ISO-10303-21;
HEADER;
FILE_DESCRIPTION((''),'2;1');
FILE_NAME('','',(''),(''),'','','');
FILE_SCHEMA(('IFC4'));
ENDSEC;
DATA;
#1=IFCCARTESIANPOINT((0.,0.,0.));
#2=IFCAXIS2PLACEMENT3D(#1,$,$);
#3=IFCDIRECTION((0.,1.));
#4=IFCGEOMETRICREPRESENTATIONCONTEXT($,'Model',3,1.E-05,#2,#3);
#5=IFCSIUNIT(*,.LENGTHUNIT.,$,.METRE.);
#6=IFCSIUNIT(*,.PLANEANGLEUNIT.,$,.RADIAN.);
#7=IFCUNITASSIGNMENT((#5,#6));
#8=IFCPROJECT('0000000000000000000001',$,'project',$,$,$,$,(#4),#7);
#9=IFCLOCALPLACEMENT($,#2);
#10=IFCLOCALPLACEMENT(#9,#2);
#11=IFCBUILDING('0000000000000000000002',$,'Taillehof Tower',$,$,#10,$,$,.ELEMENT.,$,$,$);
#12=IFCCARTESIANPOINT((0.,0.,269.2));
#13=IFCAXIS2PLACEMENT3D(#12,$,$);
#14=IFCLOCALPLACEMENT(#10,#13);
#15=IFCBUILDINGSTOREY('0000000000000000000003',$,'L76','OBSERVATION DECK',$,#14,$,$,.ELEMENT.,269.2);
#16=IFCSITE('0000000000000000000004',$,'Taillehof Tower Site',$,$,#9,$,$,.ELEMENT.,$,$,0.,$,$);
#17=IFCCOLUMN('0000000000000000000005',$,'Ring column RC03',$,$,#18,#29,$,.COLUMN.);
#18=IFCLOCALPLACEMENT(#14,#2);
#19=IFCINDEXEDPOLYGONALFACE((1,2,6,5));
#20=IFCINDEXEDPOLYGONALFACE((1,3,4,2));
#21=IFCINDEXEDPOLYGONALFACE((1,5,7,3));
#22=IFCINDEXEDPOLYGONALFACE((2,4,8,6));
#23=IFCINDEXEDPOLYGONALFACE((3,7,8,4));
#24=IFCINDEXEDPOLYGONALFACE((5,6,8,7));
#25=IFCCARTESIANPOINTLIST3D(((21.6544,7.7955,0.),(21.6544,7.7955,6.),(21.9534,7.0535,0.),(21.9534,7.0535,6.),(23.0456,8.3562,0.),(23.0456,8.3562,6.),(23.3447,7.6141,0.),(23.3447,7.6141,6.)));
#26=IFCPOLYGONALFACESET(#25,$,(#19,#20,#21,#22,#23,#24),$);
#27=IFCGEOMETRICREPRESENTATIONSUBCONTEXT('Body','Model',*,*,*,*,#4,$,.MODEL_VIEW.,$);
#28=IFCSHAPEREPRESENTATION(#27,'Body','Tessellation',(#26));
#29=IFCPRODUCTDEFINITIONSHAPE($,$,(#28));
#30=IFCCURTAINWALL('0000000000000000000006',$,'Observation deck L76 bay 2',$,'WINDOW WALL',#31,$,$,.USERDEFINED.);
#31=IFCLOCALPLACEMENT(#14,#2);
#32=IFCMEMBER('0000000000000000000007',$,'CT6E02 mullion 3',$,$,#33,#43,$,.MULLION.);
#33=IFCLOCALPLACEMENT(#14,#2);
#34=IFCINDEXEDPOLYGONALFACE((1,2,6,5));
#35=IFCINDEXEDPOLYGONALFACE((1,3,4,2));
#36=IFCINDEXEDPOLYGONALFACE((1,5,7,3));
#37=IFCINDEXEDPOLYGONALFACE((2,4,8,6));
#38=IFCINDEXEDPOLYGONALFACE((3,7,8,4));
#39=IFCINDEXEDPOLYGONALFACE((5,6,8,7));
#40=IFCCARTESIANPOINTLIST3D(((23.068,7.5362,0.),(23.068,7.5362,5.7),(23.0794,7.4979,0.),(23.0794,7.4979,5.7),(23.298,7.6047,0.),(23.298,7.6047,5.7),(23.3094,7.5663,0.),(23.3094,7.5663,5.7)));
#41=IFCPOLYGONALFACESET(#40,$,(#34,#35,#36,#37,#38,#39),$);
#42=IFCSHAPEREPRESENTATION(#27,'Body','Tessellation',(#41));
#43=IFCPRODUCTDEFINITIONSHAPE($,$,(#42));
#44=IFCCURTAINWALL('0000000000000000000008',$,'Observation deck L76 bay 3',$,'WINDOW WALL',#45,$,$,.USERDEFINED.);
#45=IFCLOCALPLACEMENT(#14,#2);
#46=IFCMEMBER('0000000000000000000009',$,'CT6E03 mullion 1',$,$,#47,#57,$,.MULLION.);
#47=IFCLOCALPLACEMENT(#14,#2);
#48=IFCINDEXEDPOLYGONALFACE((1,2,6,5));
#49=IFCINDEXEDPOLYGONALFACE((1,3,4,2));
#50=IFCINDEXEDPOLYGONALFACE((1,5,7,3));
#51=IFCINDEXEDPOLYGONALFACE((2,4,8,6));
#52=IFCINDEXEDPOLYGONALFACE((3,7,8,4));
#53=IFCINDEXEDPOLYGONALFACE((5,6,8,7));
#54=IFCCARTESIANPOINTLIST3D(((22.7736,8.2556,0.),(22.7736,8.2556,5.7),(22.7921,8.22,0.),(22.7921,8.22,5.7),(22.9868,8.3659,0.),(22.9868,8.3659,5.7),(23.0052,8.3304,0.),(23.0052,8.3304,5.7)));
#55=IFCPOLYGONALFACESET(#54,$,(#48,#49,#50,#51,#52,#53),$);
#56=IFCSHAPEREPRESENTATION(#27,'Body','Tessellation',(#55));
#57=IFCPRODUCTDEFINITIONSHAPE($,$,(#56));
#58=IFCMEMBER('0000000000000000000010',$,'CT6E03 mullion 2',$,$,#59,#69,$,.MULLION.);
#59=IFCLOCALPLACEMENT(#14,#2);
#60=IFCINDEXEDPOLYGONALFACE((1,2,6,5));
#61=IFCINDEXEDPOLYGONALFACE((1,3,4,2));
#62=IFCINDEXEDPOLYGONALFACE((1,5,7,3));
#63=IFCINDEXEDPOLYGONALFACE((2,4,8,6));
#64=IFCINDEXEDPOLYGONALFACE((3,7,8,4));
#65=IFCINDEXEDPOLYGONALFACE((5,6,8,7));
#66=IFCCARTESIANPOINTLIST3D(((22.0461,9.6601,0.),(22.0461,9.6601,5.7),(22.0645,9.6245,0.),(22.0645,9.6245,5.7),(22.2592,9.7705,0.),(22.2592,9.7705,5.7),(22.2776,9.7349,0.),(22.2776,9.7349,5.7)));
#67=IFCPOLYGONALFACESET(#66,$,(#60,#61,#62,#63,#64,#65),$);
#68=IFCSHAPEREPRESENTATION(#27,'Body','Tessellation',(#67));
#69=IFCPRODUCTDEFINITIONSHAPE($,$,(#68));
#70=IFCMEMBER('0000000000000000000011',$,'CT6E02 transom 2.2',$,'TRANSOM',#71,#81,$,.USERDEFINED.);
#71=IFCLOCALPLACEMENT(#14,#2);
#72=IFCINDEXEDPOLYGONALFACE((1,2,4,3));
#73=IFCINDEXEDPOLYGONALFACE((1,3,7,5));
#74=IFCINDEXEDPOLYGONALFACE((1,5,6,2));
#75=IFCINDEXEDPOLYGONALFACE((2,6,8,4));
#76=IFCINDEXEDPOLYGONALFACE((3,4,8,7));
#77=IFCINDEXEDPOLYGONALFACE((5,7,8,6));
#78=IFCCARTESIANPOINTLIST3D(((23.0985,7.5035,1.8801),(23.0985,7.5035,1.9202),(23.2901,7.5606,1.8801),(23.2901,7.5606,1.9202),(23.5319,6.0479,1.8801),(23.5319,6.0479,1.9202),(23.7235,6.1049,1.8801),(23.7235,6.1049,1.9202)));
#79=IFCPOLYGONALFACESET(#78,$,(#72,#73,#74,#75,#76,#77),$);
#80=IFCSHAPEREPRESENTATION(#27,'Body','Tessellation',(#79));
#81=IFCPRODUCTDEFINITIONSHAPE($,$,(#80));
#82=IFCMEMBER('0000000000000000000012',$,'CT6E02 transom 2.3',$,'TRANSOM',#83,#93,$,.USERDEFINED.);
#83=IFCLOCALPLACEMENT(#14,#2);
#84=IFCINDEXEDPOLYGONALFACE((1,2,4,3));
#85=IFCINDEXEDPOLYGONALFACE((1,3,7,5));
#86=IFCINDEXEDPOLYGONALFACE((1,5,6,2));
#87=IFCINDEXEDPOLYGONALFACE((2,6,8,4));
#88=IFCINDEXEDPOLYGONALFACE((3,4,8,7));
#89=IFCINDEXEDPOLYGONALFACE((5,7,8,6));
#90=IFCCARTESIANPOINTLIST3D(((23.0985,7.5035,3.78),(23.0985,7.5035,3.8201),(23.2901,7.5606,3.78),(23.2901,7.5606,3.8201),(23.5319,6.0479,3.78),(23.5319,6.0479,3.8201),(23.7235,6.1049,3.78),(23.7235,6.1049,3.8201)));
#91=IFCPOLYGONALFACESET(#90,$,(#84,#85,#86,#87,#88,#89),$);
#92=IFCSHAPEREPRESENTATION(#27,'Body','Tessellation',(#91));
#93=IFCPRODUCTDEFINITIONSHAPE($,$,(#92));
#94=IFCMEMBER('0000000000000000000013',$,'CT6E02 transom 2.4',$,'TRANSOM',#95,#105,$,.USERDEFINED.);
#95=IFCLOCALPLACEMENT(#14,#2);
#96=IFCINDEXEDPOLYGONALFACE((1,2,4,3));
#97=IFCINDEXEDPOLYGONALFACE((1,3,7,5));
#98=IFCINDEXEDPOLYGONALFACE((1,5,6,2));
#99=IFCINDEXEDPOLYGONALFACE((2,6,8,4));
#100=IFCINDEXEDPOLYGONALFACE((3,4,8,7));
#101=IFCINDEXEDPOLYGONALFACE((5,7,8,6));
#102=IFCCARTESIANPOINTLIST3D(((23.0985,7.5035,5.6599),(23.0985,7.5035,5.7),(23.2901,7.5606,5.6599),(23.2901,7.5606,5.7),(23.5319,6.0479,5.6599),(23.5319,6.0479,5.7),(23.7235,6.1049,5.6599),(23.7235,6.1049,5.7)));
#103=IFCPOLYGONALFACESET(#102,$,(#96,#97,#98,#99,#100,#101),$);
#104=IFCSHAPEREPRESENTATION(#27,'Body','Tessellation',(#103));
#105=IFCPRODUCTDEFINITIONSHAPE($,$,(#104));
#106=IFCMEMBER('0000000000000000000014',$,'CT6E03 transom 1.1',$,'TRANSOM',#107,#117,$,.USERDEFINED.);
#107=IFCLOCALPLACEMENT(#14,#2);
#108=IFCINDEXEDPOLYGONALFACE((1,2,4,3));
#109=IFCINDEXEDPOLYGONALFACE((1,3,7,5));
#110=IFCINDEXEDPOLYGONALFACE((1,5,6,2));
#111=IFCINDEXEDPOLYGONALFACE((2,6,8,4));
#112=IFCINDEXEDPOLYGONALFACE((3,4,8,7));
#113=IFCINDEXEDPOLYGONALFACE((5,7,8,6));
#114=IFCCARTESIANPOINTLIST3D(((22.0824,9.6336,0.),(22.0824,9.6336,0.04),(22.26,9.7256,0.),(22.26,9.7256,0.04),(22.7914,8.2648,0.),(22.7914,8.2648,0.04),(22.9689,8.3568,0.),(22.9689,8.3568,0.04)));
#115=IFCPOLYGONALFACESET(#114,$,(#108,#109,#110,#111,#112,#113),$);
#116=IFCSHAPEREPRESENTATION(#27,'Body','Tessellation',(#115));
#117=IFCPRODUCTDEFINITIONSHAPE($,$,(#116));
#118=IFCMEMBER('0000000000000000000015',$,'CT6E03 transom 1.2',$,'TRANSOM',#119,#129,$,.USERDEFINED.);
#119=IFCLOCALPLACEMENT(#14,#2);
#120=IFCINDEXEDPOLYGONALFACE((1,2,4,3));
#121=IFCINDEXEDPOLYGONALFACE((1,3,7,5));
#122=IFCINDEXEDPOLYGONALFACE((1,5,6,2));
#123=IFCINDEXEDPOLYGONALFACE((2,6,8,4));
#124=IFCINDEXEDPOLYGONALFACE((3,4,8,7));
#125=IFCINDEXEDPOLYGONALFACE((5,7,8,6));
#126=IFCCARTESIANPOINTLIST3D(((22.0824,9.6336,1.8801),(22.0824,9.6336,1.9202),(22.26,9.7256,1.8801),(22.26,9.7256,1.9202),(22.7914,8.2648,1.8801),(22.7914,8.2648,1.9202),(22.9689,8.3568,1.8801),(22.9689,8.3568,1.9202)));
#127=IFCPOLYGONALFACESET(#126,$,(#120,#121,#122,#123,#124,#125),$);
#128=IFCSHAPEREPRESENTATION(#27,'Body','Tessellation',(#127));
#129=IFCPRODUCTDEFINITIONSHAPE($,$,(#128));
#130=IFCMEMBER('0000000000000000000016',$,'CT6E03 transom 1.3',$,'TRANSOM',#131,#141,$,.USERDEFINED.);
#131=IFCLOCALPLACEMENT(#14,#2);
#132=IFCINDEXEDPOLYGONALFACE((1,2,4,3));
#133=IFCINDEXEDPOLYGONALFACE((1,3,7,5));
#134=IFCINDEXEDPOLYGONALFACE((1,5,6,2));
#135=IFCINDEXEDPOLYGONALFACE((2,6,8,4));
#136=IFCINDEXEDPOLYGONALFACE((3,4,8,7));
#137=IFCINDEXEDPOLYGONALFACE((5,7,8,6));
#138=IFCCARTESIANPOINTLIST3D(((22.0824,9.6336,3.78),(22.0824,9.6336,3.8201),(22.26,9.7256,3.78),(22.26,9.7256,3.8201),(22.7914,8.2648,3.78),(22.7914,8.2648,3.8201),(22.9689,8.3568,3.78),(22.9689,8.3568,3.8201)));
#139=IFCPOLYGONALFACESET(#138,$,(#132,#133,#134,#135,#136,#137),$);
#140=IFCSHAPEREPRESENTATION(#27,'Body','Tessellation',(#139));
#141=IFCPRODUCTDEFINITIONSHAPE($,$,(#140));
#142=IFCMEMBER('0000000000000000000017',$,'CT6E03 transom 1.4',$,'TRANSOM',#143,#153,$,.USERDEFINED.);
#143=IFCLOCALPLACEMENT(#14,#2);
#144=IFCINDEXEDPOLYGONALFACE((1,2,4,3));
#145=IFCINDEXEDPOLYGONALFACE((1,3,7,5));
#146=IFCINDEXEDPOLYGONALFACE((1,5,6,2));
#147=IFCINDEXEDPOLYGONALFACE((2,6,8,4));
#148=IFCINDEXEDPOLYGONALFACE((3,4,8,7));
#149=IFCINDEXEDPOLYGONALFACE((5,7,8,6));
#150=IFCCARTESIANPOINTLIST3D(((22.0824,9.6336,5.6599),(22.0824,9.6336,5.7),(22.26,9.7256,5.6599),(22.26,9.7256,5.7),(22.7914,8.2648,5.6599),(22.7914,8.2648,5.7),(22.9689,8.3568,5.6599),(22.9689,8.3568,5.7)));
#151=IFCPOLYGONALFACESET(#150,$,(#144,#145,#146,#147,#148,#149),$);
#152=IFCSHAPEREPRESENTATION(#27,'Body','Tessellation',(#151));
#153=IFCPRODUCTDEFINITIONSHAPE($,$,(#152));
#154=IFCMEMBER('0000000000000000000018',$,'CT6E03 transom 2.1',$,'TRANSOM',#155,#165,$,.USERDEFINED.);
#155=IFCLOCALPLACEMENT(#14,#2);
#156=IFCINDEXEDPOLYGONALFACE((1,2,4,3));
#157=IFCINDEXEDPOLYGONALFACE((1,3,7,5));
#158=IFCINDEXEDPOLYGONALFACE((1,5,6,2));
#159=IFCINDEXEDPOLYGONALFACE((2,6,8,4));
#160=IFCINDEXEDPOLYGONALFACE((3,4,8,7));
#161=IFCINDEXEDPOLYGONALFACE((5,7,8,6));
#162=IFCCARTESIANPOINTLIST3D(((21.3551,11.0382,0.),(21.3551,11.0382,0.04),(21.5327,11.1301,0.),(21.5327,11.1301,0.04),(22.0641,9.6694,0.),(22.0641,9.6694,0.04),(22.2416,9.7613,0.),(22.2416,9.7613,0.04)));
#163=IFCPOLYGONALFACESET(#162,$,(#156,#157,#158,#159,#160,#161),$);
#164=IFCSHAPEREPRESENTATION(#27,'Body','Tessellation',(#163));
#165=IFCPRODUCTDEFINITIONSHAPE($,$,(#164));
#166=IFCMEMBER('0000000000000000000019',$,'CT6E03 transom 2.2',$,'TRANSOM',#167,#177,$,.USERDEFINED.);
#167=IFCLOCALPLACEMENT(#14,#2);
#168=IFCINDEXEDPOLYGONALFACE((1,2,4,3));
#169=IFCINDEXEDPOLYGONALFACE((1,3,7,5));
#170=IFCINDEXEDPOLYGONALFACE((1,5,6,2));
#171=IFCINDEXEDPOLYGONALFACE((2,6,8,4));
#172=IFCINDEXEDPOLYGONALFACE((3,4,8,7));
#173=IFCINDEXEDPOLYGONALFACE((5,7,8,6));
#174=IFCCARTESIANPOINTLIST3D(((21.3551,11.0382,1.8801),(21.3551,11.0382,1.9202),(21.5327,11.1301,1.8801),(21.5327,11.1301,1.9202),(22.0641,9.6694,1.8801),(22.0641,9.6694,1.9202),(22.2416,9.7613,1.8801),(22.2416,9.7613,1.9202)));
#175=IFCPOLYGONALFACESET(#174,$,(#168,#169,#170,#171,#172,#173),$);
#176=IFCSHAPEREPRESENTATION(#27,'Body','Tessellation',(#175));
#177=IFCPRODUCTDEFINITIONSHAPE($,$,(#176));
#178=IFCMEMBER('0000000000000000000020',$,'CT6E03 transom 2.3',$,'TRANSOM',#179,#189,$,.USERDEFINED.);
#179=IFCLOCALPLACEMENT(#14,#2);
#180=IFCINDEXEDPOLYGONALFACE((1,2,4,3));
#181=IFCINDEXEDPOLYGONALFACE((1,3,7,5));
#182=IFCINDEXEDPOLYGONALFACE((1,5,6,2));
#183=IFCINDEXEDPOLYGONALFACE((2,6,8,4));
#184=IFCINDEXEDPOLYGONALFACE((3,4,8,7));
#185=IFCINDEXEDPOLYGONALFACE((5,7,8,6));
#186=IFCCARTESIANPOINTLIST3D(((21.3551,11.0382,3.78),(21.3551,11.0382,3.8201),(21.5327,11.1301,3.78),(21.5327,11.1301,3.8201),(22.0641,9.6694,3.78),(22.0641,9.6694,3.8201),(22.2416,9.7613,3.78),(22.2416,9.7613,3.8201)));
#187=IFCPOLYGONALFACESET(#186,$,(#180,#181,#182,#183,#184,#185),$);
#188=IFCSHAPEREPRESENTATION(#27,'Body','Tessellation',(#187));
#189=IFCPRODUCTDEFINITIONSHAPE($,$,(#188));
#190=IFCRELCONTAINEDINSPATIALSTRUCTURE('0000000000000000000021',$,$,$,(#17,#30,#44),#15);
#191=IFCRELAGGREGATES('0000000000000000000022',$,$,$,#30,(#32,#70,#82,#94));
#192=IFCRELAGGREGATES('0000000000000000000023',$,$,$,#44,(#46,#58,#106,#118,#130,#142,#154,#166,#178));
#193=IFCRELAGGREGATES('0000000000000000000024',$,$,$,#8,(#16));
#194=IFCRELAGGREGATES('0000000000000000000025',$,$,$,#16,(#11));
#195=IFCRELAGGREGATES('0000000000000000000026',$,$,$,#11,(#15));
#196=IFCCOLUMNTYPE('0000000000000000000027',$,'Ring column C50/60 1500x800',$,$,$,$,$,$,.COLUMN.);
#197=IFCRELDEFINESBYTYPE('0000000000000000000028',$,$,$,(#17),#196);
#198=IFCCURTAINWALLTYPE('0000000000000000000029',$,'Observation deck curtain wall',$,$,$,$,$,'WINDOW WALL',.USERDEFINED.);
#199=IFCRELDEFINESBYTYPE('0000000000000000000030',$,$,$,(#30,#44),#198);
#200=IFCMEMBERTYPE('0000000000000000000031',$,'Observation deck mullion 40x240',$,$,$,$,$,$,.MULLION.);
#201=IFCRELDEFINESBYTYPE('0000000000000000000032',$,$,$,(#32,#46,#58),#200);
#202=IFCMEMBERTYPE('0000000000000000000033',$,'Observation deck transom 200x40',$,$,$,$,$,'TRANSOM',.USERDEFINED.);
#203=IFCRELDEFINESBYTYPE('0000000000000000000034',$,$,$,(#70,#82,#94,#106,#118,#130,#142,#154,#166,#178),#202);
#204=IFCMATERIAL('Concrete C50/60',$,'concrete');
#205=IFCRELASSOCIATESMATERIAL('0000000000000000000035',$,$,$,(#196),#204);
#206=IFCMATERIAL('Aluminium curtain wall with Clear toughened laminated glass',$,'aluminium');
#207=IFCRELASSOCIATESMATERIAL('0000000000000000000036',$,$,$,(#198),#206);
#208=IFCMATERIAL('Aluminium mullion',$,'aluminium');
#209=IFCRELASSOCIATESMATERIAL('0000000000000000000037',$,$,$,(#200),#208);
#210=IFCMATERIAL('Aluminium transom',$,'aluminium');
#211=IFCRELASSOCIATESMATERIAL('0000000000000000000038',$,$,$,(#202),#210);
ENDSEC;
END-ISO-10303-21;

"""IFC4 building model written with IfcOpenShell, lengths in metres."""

from ifc_helpers import new_model, si_unit, direction, frame, origin, origin_2d, place, context, subcontext, project, spatial, rectangle, extrude, material, material_profile, profile_set, type_object, element, aggregate, save


model = new_model("IFC4")

# Units and contexts
model_context = context("Model", 3, precision=1e-05, world=origin(), true_north=direction((0.0, 1.0)))
body_context = subcontext(model_context, "Body", "Model", "MODEL_VIEW")
ifc_project = project(units=[si_unit("LENGTHUNIT", "METRE"), si_unit("PLANEANGLEUNIT", "RADIAN")], contexts=[model_context])

# Site, building, storey
site_placement = place(None, origin())
site = spatial("IfcSite", under=ifc_project, at=site_placement, Name="Taillehof Tower Site", CompositionType="ELEMENT", RefElevation=0.0)
building_placement = place(site_placement, origin())
building = spatial("IfcBuilding", under=site, at=building_placement, Name="Taillehof Tower", CompositionType="ELEMENT")
storey_placement = place(building_placement, frame((0.0, 0.0, 269.2)))
storey = spatial("IfcBuildingStorey", under=building, at=storey_placement, Name="L76", Description="OBSERVATION DECK", CompositionType="ELEMENT", Elevation=269.2)

# Column
ifc_material_1 = material(Name="Concrete C50/60", Category="concrete")
ifc_material_profile_1 = material_profile(ifc_material_1, rectangle(XDim=1.5, YDim=0.8, at=origin_2d()), Name="RC 1500x800")
ifc_profile_set_1 = profile_set([ifc_material_profile_1], Name="Concrete C50/60")
column_type = type_object("IfcColumnType", Name="Ring column C50/60 1500x800", PredefinedType="COLUMN", material=ifc_profile_set_1)
column_placement = place(storey_placement, frame((22.4995, 7.7048, 0.0), z_axis=(0.0, 0.0, 1.0), x_axis=(0.927525, 0.373762, 0.0)))
element("IfcColumn", 1, at=column_placement, inside=storey, type_object=column_type, Name="Ring column RC03", PredefinedType="COLUMN", context=body_context, shape_type="SweptSolid", body=[
    extrude(rectangle(XDim=1.5, YDim=0.8, at=origin_2d()), origin(), (0.0, 0.0, 1.0), 6.0),
])

# Curtain wall, member
ifc_material_2 = material(Name="Aluminium curtain wall with Clear toughened laminated glass", Category="aluminium")
curtain_wall_type = type_object("IfcCurtainWallType", Name="Observation deck curtain wall", ElementType="WINDOW WALL", PredefinedType="USERDEFINED", material=ifc_material_2)
curtain_wall_1_placement = place(storey_placement, origin())
curtain_wall_1 = element("IfcCurtainWall", 2, at=curtain_wall_1_placement, inside=storey, type_object=curtain_wall_type, Name="Observation deck L76 bay 2", ObjectType="WINDOW WALL", PredefinedType="USERDEFINED")
ifc_material_3 = material(Name="Aluminium mullion", Category="aluminium")
ifc_material_profile_2 = material_profile(ifc_material_3, rectangle(XDim=0.24, YDim=0.04, at=origin_2d()), Name="AL 40x240")
ifc_profile_set_2 = profile_set([ifc_material_profile_2], Name="Aluminium mullion")
member_type_1 = type_object("IfcMemberType", Name="Observation deck mullion 40x240", PredefinedType="MULLION", material=ifc_profile_set_2)
member_1_placement = place(storey_placement, frame((23.1887, 7.5513, 0.0), z_axis=(0.0, 0.0, 1.0), x_axis=(-0.958457, -0.285236, 0.0)))
member_1 = element("IfcMember", 3, at=member_1_placement, type_object=member_type_1, Name="CT6E02 mullion 3", PredefinedType="MULLION", context=body_context, shape_type="SweptSolid", body=[
    extrude(rectangle(XDim=0.24, YDim=0.04, at=origin_2d()), origin(), (0.0, 0.0, 1.0), 5.7),
])

# Curtain wall, members
curtain_wall_2_placement = place(storey_placement, origin())
curtain_wall_2 = element("IfcCurtainWall", 4, at=curtain_wall_2_placement, inside=storey, type_object=curtain_wall_type, Name="Observation deck L76 bay 3", ObjectType="WINDOW WALL", PredefinedType="USERDEFINED")
member_2_placement = place(storey_placement, frame((22.8894, 8.293, 0.0), z_axis=(0.0, 0.0, 1.0), x_axis=(-0.887975, -0.459891, 0.0)))
member_2 = element("IfcMember", 5, at=member_2_placement, type_object=member_type_1, Name="CT6E03 mullion 1", PredefinedType="MULLION", context=body_context, shape_type="SweptSolid", body=[
    extrude(rectangle(XDim=0.24, YDim=0.04, at=origin_2d()), origin(), (0.0, 0.0, 1.0), 5.7),
])
member_3_placement = place(storey_placement, frame((22.1619, 9.6975, 0.0), z_axis=(0.0, 0.0, 1.0), x_axis=(-0.887975, -0.459891, 0.0)))
member_3 = element("IfcMember", 6, at=member_3_placement, type_object=member_type_1, Name="CT6E03 mullion 2", PredefinedType="MULLION", context=body_context, shape_type="SweptSolid", body=[
    extrude(rectangle(XDim=0.24, YDim=0.04, at=origin_2d()), origin(), (0.0, 0.0, 1.0), 5.7),
])

# Members
ifc_material_4 = material(Name="Aluminium transom", Category="aluminium")
ifc_material_profile_3 = material_profile(ifc_material_4, rectangle(XDim=0.2, YDim=0.04, at=origin_2d()), Name="AL 200x40")
ifc_profile_set_3 = profile_set([ifc_material_profile_3], Name="Aluminium transom")
member_type_2 = type_object("IfcMemberType", Name="Observation deck transom 200x40", ElementType="TRANSOM", PredefinedType="USERDEFINED", material=ifc_profile_set_3)
member_4_placement = place(storey_placement, frame((23.6277, 6.0764, 1.9001), z_axis=(-0.285341, 0.958426, 0.0), x_axis=(-0.958426, -0.285341, 0.0)))
member_4 = element("IfcMember", 7, at=member_4_placement, type_object=member_type_2, Name="CT6E02 transom 2.2", ObjectType="TRANSOM", PredefinedType="USERDEFINED", context=body_context, shape_type="SweptSolid", body=[
    extrude(rectangle(XDim=0.2, YDim=0.04, at=origin_2d()), origin(), (0.0, 0.0, 1.0), 1.5188),
])
member_5_placement = place(storey_placement, frame((23.6277, 6.0764, 3.8), z_axis=(-0.285341, 0.958426, 0.0), x_axis=(-0.958426, -0.285341, 0.0)))
member_5 = element("IfcMember", 8, at=member_5_placement, type_object=member_type_2, Name="CT6E02 transom 2.3", ObjectType="TRANSOM", PredefinedType="USERDEFINED", context=body_context, shape_type="SweptSolid", body=[
    extrude(rectangle(XDim=0.2, YDim=0.04, at=origin_2d()), origin(), (0.0, 0.0, 1.0), 1.5188),
])
member_6_placement = place(storey_placement, frame((23.6277, 6.0764, 5.6799), z_axis=(-0.285341, 0.958426, 0.0), x_axis=(-0.958426, -0.285341, 0.0)))
member_6 = element("IfcMember", 9, at=member_6_placement, type_object=member_type_2, Name="CT6E02 transom 2.4", ObjectType="TRANSOM", PredefinedType="USERDEFINED", context=body_context, shape_type="SweptSolid", body=[
    extrude(rectangle(XDim=0.2, YDim=0.04, at=origin_2d()), origin(), (0.0, 0.0, 1.0), 1.5188),
])
member_7_placement = place(storey_placement, frame((22.8801, 8.3108, 0.02), z_axis=(-0.459901, 0.88797, 0.0), x_axis=(-0.88797, -0.459901, 0.0)))
member_7 = element("IfcMember", 10, at=member_7_placement, type_object=member_type_2, Name="CT6E03 transom 1.1", ObjectType="TRANSOM", PredefinedType="USERDEFINED", context=body_context, shape_type="SweptSolid", body=[
    extrude(rectangle(XDim=0.2, YDim=0.04, at=origin_2d()), origin(), (0.0, 0.0, 1.0), 1.5415),
])
member_8_placement = place(storey_placement, frame((22.8801, 8.3108, 1.9001), z_axis=(-0.459901, 0.88797, 0.0), x_axis=(-0.88797, -0.459901, 0.0)))
member_8 = element("IfcMember", 11, at=member_8_placement, type_object=member_type_2, Name="CT6E03 transom 1.2", ObjectType="TRANSOM", PredefinedType="USERDEFINED", context=body_context, shape_type="SweptSolid", body=[
    extrude(rectangle(XDim=0.2, YDim=0.04, at=origin_2d()), origin(), (0.0, 0.0, 1.0), 1.5415),
])
member_9_placement = place(storey_placement, frame((22.8801, 8.3108, 3.8), z_axis=(-0.459901, 0.88797, 0.0), x_axis=(-0.88797, -0.459901, 0.0)))
member_9 = element("IfcMember", 12, at=member_9_placement, type_object=member_type_2, Name="CT6E03 transom 1.3", ObjectType="TRANSOM", PredefinedType="USERDEFINED", context=body_context, shape_type="SweptSolid", body=[
    extrude(rectangle(XDim=0.2, YDim=0.04, at=origin_2d()), origin(), (0.0, 0.0, 1.0), 1.5415),
])
member_10_placement = place(storey_placement, frame((22.8801, 8.3108, 5.6799), z_axis=(-0.459901, 0.88797, 0.0), x_axis=(-0.88797, -0.459901, 0.0)))
member_10 = element("IfcMember", 13, at=member_10_placement, type_object=member_type_2, Name="CT6E03 transom 1.4", ObjectType="TRANSOM", PredefinedType="USERDEFINED", context=body_context, shape_type="SweptSolid", body=[
    extrude(rectangle(XDim=0.2, YDim=0.04, at=origin_2d()), origin(), (0.0, 0.0, 1.0), 1.5415),
])
member_11_placement = place(storey_placement, frame((22.1528, 9.7153, 0.02), z_axis=(-0.459901, 0.88797, 0.0), x_axis=(-0.88797, -0.459901, 0.0)))
member_11 = element("IfcMember", 14, at=member_11_placement, type_object=member_type_2, Name="CT6E03 transom 2.1", ObjectType="TRANSOM", PredefinedType="USERDEFINED", context=body_context, shape_type="SweptSolid", body=[
    extrude(rectangle(XDim=0.2, YDim=0.04, at=origin_2d()), origin(), (0.0, 0.0, 1.0), 1.5415),
])
member_12_placement = place(storey_placement, frame((22.1528, 9.7153, 1.9001), z_axis=(-0.459901, 0.88797, 0.0), x_axis=(-0.88797, -0.459901, 0.0)))
member_12 = element("IfcMember", 15, at=member_12_placement, type_object=member_type_2, Name="CT6E03 transom 2.2", ObjectType="TRANSOM", PredefinedType="USERDEFINED", context=body_context, shape_type="SweptSolid", body=[
    extrude(rectangle(XDim=0.2, YDim=0.04, at=origin_2d()), origin(), (0.0, 0.0, 1.0), 1.5415),
])
member_13_placement = place(storey_placement, frame((22.1528, 9.7153, 3.8), z_axis=(-0.459901, 0.88797, 0.0), x_axis=(-0.88797, -0.459901, 0.0)))
member_13 = element("IfcMember", 16, at=member_13_placement, type_object=member_type_2, Name="CT6E03 transom 2.3", ObjectType="TRANSOM", PredefinedType="USERDEFINED", context=body_context, shape_type="SweptSolid", body=[
    extrude(rectangle(XDim=0.2, YDim=0.04, at=origin_2d()), origin(), (0.0, 0.0, 1.0), 1.5415),
])

aggregate(curtain_wall_1, [member_1, member_4, member_5, member_6])
aggregate(curtain_wall_2, [member_2, member_3, member_7, member_8, member_9, member_10, member_11, member_12, member_13])

save(model, "model.ifc")
